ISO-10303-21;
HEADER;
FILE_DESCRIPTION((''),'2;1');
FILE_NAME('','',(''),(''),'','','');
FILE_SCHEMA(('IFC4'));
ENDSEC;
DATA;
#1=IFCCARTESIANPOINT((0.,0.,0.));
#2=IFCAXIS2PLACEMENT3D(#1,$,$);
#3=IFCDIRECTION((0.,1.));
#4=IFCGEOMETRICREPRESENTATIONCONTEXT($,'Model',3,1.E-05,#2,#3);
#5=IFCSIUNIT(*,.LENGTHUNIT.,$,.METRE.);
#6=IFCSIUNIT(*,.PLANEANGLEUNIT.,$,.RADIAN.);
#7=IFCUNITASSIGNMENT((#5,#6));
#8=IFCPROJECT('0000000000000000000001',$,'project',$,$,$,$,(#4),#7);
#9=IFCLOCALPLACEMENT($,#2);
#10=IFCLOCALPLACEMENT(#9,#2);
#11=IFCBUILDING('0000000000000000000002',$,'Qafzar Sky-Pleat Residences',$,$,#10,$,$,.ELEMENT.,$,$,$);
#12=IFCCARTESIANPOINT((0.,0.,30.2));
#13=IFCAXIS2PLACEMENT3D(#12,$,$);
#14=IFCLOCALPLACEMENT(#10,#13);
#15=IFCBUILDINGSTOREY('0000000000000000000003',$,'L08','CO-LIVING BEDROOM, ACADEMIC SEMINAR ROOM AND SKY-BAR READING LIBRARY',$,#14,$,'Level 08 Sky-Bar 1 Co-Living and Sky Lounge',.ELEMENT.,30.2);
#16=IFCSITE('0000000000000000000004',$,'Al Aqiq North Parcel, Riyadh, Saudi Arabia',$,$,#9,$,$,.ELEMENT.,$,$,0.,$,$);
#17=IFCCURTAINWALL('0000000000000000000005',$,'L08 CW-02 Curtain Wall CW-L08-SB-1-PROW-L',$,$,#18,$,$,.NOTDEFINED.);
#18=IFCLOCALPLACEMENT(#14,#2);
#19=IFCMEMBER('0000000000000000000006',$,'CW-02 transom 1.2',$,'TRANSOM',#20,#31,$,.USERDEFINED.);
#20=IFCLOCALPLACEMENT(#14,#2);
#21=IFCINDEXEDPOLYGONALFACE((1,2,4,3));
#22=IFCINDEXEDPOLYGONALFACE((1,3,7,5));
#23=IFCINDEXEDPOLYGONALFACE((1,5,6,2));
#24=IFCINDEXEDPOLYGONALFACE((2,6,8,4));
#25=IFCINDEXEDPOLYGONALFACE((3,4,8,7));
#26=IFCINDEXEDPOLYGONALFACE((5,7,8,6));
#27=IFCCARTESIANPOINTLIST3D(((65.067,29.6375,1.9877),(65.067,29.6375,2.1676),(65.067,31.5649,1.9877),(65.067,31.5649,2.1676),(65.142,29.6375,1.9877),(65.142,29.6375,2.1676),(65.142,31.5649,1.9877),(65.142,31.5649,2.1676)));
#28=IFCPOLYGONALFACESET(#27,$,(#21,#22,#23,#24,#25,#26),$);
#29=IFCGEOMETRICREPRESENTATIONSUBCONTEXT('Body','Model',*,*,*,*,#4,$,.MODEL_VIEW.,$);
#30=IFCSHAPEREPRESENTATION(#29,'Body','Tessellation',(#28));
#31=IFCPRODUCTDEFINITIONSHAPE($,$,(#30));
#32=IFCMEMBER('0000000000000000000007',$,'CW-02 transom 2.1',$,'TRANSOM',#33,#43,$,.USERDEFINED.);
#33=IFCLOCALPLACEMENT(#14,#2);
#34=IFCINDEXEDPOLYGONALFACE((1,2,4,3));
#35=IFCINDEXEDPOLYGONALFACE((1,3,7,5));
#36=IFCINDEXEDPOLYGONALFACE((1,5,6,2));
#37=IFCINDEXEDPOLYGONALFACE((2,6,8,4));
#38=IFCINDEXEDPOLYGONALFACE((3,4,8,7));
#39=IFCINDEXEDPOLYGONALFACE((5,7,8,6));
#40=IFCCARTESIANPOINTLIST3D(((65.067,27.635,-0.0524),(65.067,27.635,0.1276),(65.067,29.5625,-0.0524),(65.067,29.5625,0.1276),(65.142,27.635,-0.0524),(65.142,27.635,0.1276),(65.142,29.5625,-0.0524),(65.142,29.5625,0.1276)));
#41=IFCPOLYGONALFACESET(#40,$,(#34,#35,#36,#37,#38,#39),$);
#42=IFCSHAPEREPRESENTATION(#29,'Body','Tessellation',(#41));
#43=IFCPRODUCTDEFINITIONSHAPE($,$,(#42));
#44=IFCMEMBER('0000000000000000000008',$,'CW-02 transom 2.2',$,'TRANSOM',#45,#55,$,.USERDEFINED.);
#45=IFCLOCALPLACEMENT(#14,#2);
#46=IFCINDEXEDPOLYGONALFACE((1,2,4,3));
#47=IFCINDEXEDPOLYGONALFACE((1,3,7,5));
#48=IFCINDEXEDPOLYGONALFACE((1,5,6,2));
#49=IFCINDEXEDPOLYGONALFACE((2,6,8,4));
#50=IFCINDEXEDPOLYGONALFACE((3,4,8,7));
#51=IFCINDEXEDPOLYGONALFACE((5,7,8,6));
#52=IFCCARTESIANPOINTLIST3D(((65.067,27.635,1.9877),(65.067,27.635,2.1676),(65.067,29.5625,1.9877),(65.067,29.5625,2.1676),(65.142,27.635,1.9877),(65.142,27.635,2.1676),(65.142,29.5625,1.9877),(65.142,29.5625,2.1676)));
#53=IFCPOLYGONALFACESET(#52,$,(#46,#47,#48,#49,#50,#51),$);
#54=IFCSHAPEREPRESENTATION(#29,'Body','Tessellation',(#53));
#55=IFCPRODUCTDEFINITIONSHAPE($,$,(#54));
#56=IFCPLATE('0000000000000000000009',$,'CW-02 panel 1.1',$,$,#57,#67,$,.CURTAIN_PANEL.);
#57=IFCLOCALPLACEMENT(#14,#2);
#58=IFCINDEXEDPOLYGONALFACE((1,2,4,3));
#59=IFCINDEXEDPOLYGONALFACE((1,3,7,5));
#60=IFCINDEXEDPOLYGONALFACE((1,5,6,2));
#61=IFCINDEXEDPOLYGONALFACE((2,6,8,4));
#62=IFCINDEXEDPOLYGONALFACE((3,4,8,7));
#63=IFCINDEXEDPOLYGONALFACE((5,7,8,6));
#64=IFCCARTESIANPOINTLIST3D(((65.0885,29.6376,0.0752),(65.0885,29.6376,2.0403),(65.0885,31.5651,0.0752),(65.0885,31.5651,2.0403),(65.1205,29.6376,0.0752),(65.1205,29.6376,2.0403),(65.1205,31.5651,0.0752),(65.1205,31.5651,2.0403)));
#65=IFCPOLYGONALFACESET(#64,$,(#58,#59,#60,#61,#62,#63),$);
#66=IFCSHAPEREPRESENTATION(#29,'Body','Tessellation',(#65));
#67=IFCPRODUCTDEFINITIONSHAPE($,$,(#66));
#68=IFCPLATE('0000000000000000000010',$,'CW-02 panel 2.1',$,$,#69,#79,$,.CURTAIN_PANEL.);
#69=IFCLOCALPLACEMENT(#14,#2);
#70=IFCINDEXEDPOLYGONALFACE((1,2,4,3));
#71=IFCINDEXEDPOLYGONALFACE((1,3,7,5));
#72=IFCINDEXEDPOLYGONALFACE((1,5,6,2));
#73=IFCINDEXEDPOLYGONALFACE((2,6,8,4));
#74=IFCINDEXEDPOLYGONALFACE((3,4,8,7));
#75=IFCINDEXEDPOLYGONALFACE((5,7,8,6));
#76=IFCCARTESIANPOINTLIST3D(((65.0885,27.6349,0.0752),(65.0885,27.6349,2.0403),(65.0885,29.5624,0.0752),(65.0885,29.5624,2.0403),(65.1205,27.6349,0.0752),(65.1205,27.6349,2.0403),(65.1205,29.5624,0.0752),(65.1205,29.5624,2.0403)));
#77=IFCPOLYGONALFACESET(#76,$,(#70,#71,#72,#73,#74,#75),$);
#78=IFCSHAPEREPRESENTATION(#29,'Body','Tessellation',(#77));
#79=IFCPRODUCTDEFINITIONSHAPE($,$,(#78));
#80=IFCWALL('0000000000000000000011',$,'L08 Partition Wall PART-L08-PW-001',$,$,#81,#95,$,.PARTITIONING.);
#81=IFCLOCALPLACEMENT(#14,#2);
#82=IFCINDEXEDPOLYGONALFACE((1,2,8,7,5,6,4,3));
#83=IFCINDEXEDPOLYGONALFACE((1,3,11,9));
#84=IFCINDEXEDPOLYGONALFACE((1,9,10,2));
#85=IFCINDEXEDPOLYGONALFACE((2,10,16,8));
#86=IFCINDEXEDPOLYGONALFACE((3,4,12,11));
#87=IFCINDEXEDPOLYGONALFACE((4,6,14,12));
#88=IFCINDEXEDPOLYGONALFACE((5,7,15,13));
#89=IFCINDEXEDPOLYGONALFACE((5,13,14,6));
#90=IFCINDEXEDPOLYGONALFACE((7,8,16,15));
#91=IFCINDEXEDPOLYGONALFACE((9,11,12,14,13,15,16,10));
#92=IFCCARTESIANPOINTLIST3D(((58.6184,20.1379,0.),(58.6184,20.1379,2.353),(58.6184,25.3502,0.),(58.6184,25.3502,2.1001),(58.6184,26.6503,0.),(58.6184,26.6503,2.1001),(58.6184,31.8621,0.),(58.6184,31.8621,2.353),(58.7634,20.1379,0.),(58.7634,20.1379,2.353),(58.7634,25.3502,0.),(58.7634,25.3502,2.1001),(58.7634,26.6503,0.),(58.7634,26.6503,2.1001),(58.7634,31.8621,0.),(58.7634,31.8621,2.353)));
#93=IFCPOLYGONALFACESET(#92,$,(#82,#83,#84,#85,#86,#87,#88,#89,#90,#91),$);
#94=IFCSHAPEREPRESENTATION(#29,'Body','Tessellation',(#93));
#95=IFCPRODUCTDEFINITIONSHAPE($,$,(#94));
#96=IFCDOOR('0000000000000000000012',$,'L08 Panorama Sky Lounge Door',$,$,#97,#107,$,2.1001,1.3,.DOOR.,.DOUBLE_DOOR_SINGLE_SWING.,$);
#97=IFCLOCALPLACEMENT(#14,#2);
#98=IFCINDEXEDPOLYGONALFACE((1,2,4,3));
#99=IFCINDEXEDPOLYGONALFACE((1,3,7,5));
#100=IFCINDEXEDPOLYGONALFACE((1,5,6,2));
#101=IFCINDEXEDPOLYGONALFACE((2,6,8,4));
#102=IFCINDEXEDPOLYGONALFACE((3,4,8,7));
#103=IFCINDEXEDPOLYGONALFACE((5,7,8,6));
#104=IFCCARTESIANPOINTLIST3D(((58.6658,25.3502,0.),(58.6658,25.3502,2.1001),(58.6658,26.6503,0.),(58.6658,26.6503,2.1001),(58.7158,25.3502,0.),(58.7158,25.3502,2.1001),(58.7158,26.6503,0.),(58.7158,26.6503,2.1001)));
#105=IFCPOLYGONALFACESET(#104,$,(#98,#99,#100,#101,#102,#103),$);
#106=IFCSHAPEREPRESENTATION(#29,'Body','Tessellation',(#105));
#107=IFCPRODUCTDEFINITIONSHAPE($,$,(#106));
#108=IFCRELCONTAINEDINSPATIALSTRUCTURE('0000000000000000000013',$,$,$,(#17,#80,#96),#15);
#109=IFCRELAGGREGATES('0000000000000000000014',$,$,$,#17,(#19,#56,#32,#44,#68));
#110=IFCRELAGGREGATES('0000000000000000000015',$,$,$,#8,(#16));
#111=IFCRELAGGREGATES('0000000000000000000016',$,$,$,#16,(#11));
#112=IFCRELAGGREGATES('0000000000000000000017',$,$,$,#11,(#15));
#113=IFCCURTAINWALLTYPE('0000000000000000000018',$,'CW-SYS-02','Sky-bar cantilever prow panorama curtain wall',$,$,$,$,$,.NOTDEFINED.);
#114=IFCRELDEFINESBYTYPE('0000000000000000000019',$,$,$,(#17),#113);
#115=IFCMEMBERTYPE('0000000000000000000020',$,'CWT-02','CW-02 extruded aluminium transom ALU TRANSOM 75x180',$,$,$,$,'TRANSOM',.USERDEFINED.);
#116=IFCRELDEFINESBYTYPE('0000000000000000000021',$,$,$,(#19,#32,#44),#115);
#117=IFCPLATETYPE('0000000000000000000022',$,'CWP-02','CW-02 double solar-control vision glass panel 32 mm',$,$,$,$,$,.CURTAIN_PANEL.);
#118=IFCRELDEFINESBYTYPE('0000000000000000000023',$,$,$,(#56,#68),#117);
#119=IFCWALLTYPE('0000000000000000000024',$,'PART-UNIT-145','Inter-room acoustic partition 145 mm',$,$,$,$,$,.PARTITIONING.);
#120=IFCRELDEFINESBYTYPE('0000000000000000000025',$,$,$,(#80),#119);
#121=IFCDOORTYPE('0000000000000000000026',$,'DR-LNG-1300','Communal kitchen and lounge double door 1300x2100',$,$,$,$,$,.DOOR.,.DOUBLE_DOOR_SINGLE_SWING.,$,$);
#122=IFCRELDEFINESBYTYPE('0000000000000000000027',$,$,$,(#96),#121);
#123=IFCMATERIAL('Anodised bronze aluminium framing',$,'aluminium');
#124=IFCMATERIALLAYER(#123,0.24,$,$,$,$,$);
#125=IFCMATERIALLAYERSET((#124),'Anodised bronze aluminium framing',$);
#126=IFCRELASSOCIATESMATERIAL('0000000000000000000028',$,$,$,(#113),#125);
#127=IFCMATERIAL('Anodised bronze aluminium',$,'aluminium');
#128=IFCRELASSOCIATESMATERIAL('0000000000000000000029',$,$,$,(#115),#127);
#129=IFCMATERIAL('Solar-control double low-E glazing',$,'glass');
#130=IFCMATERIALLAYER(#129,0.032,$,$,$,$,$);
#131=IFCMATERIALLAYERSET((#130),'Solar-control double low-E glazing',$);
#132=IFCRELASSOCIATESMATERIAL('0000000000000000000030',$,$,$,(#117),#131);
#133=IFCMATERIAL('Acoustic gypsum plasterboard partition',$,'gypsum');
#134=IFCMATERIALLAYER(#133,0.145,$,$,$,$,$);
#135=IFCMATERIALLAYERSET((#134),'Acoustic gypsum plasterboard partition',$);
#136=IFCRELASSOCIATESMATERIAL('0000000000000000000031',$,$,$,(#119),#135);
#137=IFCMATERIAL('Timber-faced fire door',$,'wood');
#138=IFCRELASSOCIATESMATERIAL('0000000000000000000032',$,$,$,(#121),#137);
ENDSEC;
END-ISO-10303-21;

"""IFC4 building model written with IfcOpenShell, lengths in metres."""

from ifc_helpers import new_model, si_unit, direction, frame, frame_2d, origin, origin_2d, place, context, subcontext, project, spatial, rectangle, extrude, source, transform, mapped, material, layer, layer_set, material_profile, profile_set, type_object, element, fill, aggregate, save


model = new_model("IFC4")

# Units and contexts
model_context = context("Model", 3, precision=1e-05, world=origin(), true_north=direction((0.0, 1.0)))
body_context = subcontext(model_context, "Body", "Model", "MODEL_VIEW")
ifc_project = project(units=[si_unit("LENGTHUNIT", "METRE"), si_unit("PLANEANGLEUNIT", "RADIAN")], contexts=[model_context])

# Site, building, storey
site_placement = place(None, origin())
site = spatial("IfcSite", under=ifc_project, at=site_placement, Name="Al Aqiq North Parcel, Riyadh, Saudi Arabia", CompositionType="ELEMENT", RefElevation=0.0)
building_placement = place(site_placement, origin())
building = spatial("IfcBuilding", under=site, at=building_placement, Name="Qafzar Sky-Pleat Residences", CompositionType="ELEMENT")
storey_placement = place(building_placement, frame((0.0, 0.0, 30.2)))
storey = spatial("IfcBuildingStorey", under=building, at=storey_placement, Name="L08", Description="CO-LIVING BEDROOM, ACADEMIC SEMINAR ROOM AND SKY-BAR READING LIBRARY", LongName="Level 08 Sky-Bar 1 Co-Living and Sky Lounge", CompositionType="ELEMENT", Elevation=30.2)

# Curtain wall, members, plates
ifc_material_1 = material(Name="Anodised bronze aluminium framing", Category="aluminium")
ifc_layer_1 = layer(ifc_material_1, 0.24)
ifc_layer_set_1 = layer_set([ifc_layer_1], Name="Anodised bronze aluminium framing")
curtain_wall_type = type_object("IfcCurtainWallType", Name="CW-SYS-02", Description="Sky-bar cantilever prow panorama curtain wall", PredefinedType="NOTDEFINED", material=ifc_layer_set_1)
curtain_wall_placement = place(storey_placement, origin())
curtain_wall = element("IfcCurtainWall", 1, at=curtain_wall_placement, inside=storey, type_object=curtain_wall_type, Name="L08 CW-02 Curtain Wall CW-L08-SB-1-PROW-L", PredefinedType="NOTDEFINED")
ifc_material_2 = material(Name="Anodised bronze aluminium", Category="aluminium")
ifc_material_profile_1 = material_profile(ifc_material_2, rectangle(XDim=0.075, YDim=0.1799, at=origin_2d()), Name="ALU TRANSOM 75x180")
ifc_profile_set_1 = profile_set([ifc_material_profile_1], Name="Anodised bronze aluminium")
member_type_1 = type_object("IfcMemberType", Name="CWT-02", Description="CW-02 extruded aluminium transom ALU TRANSOM 75x180", ElementType="TRANSOM", PredefinedType="USERDEFINED", material=ifc_profile_set_1)
shared_shape_1 = source(origin(), body_context, "Body", "SweptSolid", [
    extrude(rectangle(XDim=0.075, YDim=0.1799, at=origin_2d()), origin(), (0.0, 0.0, 1.0), 1.9275),
])
member_1_placement = place(storey_placement, frame((65.1045, 31.5649, 2.0776), z_axis=(0.0, -1.0, 0.0), x_axis=(1.0, 0.0, 0.0)))
member_1 = element("IfcMember", 2, at=member_1_placement, type_object=member_type_1, Name="CW-02 transom 1.2", ObjectType="TRANSOM", PredefinedType="USERDEFINED", context=body_context, shape_type="MappedRepresentation", body=[
    mapped(shared_shape_1, transform((0.0, 0.0, 0.0), x_axis=(1.0, 0.0, 0.0), y_axis=(0.0, 1.0, 0.0), z_axis=(0.0, 0.0, 1.0), scale=1.0)),
])
member_2_placement = place(storey_placement, frame((65.1045, 29.5625, 0.0376), z_axis=(0.0, -1.0, 0.0), x_axis=(1.0, 0.0, 0.0)))
member_2 = element("IfcMember", 3, at=member_2_placement, type_object=member_type_1, Name="CW-02 transom 2.1", ObjectType="TRANSOM", PredefinedType="USERDEFINED", context=body_context, shape_type="MappedRepresentation", body=[
    mapped(shared_shape_1, transform((0.0, 0.0, 0.0), x_axis=(1.0, 0.0, 0.0), y_axis=(0.0, 1.0, 0.0), z_axis=(0.0, 0.0, 1.0), scale=1.0)),
])
member_3_placement = place(storey_placement, frame((65.1045, 29.5625, 2.0776), z_axis=(0.0, -1.0, 0.0), x_axis=(1.0, 0.0, 0.0)))
member_3 = element("IfcMember", 4, at=member_3_placement, type_object=member_type_1, Name="CW-02 transom 2.2", ObjectType="TRANSOM", PredefinedType="USERDEFINED", context=body_context, shape_type="MappedRepresentation", body=[
    mapped(shared_shape_1, transform((0.0, 0.0, 0.0), x_axis=(1.0, 0.0, 0.0), y_axis=(0.0, 1.0, 0.0), z_axis=(0.0, 0.0, 1.0), scale=1.0)),
])
ifc_material_3 = material(Name="Solar-control double low-E glazing", Category="glass")
ifc_layer_2 = layer(ifc_material_3, 0.032)
ifc_layer_set_2 = layer_set([ifc_layer_2], Name="Solar-control double low-E glazing")
plate_type = type_object("IfcPlateType", Name="CWP-02", Description="CW-02 double solar-control vision glass panel 32 mm", PredefinedType="CURTAIN_PANEL", material=ifc_layer_set_2)
shared_shape_2 = source(origin(), body_context, "Body", "SweptSolid", [
    extrude(rectangle(XDim=1.9275, YDim=0.032, at=origin_2d()), origin(), (0.0, 0.0, 1.0), 1.9651),
])
plate_1_placement = place(storey_placement, frame((65.1045, 30.6013, 0.0752), z_axis=(0.0, 0.0, 1.0), x_axis=(0.0, -1.0, 0.0)))
plate_1 = element("IfcPlate", 5, at=plate_1_placement, type_object=plate_type, Name="CW-02 panel 1.1", PredefinedType="CURTAIN_PANEL", context=body_context, shape_type="MappedRepresentation", body=[
    mapped(shared_shape_2, transform((0.0, 0.0, 0.0), x_axis=(1.0, 0.0, 0.0), y_axis=(0.0, 1.0, 0.0), z_axis=(0.0, 0.0, 1.0), scale=1.0)),
])
plate_2_placement = place(storey_placement, frame((65.1045, 28.5986, 0.0752), z_axis=(0.0, 0.0, 1.0), x_axis=(0.0, -1.0, 0.0)))
plate_2 = element("IfcPlate", 6, at=plate_2_placement, type_object=plate_type, Name="CW-02 panel 2.1", PredefinedType="CURTAIN_PANEL", context=body_context, shape_type="MappedRepresentation", body=[
    mapped(shared_shape_2, transform((0.0, 0.0, 0.0), x_axis=(1.0, 0.0, 0.0), y_axis=(0.0, 1.0, 0.0), z_axis=(0.0, 0.0, 1.0), scale=1.0)),
])
aggregate(curtain_wall, [member_1, plate_1, member_2, member_3, plate_2])

# Wall, opening, door
ifc_material_4 = material(Name="Acoustic gypsum plasterboard partition", Category="gypsum")
ifc_layer_3 = layer(ifc_material_4, 0.145)
ifc_layer_set_3 = layer_set([ifc_layer_3], Name="Acoustic gypsum plasterboard partition")
wall_type = type_object("IfcWallType", Name="PART-UNIT-145", Description="Inter-room acoustic partition 145 mm", PredefinedType="PARTITIONING", material=ifc_layer_set_3)
wall_placement = place(storey_placement, frame((58.6909, 31.8621, 0.0), z_axis=(0.0, 0.0, 1.0), x_axis=(0.0, -1.0, 0.0)))
wall = element("IfcWall", 7, at=wall_placement, inside=storey, type_object=wall_type, Name="L08 Partition Wall PART-L08-PW-001", PredefinedType="PARTITIONING", context=body_context, shape_type="SweptSolid", body=[
    extrude(rectangle(XDim=11.7241, YDim=0.145, at=frame_2d((5.8621, 0.0))), origin(), (0.0, 0.0, 1.0), 2.353),
])
opening_placement = place(wall_placement, frame((5.2119, 0.0, 0.0)))
opening = element("IfcOpeningElement", 8, at=opening_placement, cuts=wall, PredefinedType="OPENING", context=body_context, shape_type="SweptSolid", body=[
    extrude(rectangle(XDim=1.3, YDim=2.1001, at=frame_2d((0.6499, 1.05))), frame((0.0, 0.0825, 0.0), z_axis=(0.0, -1.0, 0.0), x_axis=(1.0, 0.0, 0.0)), (0.0, 0.0, 1.0), 0.165),
])
ifc_material_5 = material(Name="Timber-faced fire door", Category="wood")
door_type = type_object("IfcDoorType", Name="DR-LNG-1300", Description="Communal kitchen and lounge double door 1300x2100", OperationType="DOUBLE_DOOR_SINGLE_SWING", PredefinedType="DOOR", material=ifc_material_5)
shared_shape_3 = source(origin(), body_context, "Body", "SweptSolid", [
    extrude(rectangle(XDim=1.3, YDim=2.1001, at=frame_2d((0.6499, 1.05))), frame((0.0, 0.0249, 0.0), z_axis=(0.0, -1.0, 0.0), x_axis=(1.0, 0.0, 0.0)), (0.0, 0.0, 1.0), 0.05),
])
door_placement = place(opening_placement, origin())
door = element("IfcDoor", 9, at=door_placement, inside=storey, type_object=door_type, Name="L08 Panorama Sky Lounge Door", OperationType="DOUBLE_DOOR_SINGLE_SWING", OverallHeight=2.1001, OverallWidth=1.3, PredefinedType="DOOR", context=body_context, shape_type="MappedRepresentation", body=[
    mapped(shared_shape_3, transform((0.0, 0.0, 0.0), x_axis=(1.0, 0.0, 0.0), y_axis=(0.0, 1.0, 0.0), z_axis=(0.0, 0.0, 1.0), scale=1.0)),
])
fill(opening, door)

save(model, "model.ifc")
